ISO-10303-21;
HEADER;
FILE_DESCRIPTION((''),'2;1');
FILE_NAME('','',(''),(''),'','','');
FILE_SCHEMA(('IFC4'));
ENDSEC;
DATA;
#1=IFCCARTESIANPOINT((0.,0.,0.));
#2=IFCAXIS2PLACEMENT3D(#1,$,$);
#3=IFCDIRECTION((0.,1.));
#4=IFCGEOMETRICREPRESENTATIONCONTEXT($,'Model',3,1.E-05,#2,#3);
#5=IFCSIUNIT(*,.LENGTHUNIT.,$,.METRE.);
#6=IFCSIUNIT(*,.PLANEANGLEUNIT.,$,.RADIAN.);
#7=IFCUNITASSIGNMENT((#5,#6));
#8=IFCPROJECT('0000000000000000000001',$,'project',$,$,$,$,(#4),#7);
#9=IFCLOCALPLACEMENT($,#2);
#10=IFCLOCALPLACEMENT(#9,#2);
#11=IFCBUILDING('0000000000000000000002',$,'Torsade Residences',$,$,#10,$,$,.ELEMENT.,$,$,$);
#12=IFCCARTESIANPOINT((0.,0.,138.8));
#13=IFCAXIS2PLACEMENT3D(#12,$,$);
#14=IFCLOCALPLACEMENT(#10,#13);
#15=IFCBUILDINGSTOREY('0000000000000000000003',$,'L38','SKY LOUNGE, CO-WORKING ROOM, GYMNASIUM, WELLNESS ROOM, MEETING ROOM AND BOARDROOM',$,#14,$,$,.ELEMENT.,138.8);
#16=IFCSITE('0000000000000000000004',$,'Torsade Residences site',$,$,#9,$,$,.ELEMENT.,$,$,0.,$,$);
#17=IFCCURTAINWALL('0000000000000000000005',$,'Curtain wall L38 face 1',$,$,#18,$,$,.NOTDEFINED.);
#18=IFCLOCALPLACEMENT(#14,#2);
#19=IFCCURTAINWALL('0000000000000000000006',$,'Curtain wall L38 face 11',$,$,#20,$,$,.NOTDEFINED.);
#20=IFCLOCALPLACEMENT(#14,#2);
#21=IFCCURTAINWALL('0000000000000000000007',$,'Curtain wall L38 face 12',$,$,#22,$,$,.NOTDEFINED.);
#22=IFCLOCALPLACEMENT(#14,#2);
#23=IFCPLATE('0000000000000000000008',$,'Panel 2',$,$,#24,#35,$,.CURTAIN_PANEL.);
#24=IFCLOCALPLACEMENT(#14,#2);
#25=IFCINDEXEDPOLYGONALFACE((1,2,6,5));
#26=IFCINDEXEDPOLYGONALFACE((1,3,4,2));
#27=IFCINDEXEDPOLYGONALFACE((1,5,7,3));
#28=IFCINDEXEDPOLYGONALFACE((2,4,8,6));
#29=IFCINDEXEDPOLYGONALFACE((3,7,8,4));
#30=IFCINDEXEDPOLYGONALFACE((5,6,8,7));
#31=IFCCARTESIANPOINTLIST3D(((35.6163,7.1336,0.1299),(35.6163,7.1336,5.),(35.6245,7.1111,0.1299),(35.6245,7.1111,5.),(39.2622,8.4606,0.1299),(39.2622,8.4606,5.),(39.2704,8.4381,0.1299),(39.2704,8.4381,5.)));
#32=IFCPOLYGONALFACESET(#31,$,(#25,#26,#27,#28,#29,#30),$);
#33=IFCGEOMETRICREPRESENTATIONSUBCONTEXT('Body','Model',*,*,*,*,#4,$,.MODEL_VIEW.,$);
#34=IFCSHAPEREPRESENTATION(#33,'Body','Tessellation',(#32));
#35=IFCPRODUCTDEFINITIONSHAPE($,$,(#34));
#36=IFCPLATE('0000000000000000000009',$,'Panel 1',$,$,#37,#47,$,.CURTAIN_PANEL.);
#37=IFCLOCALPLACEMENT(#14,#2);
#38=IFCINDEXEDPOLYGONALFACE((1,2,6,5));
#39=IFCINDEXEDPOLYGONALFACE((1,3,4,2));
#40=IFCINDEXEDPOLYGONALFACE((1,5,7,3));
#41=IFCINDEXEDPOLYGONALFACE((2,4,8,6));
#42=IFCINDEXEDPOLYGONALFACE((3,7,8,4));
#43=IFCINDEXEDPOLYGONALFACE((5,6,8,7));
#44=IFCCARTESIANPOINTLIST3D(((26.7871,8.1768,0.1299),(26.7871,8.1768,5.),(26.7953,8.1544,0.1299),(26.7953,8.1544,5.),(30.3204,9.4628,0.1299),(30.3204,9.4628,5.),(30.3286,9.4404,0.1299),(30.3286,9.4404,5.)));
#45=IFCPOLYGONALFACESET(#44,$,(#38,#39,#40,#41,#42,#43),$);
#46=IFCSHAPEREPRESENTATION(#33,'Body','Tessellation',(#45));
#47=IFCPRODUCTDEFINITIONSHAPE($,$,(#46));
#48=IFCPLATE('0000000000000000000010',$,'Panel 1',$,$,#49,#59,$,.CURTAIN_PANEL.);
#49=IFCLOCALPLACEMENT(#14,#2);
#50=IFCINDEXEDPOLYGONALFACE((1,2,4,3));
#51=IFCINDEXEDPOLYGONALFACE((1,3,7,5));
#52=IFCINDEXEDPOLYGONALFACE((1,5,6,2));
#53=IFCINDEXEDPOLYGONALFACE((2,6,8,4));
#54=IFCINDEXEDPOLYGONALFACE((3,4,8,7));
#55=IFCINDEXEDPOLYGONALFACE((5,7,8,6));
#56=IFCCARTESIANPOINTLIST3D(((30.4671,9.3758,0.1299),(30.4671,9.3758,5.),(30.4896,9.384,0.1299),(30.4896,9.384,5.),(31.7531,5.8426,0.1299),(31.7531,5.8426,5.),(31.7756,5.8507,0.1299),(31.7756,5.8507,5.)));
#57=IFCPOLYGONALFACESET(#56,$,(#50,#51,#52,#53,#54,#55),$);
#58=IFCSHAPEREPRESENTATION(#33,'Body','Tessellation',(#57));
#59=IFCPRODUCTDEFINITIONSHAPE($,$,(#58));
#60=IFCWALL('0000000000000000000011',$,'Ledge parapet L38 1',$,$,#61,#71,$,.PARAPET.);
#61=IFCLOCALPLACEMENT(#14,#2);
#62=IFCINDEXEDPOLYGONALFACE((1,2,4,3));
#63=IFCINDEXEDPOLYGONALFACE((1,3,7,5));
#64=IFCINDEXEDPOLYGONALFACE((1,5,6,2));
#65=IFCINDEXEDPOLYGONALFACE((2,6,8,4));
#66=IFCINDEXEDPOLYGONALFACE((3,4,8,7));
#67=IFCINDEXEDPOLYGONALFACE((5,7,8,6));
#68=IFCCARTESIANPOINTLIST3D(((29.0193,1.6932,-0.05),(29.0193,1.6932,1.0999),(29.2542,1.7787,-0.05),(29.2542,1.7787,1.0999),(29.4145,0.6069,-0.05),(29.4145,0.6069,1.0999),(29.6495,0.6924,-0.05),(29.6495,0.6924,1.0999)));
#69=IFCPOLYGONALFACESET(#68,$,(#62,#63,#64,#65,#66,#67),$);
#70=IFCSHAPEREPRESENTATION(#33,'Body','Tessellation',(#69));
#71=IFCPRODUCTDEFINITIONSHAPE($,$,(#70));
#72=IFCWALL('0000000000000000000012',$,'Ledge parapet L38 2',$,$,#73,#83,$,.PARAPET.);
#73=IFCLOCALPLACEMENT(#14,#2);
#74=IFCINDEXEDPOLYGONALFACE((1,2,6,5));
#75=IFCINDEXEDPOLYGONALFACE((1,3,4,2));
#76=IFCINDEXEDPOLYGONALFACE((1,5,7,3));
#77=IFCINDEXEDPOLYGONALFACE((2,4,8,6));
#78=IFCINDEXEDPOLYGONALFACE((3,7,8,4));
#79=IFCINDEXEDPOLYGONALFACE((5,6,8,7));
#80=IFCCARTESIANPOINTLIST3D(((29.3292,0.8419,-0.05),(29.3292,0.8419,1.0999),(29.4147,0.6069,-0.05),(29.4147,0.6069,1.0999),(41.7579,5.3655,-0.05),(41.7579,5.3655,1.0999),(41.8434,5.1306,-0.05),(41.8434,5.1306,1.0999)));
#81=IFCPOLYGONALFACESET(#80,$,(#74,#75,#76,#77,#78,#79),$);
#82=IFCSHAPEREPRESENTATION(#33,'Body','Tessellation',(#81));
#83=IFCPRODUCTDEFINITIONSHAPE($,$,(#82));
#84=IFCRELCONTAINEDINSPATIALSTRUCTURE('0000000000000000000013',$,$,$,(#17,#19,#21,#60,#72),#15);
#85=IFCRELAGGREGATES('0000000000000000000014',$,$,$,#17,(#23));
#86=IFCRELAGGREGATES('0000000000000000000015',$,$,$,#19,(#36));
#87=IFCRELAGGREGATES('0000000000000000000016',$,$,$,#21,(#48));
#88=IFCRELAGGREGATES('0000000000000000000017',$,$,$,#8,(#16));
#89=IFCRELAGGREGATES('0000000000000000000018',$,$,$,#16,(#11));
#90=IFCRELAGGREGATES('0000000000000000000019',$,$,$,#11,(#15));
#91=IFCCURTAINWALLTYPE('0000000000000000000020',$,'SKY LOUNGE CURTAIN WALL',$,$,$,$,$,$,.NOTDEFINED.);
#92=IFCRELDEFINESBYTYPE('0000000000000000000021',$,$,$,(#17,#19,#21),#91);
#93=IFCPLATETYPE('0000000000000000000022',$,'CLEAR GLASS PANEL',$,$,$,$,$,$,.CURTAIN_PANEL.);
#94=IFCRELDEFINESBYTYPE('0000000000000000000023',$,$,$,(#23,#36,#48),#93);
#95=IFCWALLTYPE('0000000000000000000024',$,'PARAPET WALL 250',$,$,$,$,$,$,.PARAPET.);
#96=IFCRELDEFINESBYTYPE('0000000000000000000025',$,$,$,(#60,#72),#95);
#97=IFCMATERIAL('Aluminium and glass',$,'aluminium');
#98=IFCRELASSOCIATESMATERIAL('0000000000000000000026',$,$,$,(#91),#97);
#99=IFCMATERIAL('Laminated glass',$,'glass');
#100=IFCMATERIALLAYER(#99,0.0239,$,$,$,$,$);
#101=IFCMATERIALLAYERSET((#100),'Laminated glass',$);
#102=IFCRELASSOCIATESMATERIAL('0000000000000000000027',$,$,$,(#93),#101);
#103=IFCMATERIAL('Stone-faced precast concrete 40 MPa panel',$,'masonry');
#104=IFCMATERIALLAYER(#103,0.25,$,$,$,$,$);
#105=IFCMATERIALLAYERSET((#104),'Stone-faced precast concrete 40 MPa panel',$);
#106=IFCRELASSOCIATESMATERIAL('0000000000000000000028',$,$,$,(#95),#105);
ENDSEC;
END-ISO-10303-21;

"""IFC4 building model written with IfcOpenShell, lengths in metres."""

from ifc_helpers import new_model, si_unit, direction, frame, frame_2d, origin, origin_2d, place, context, subcontext, project, spatial, rectangle, extrude, material, layer, layer_set, type_object, element, aggregate, save


model = new_model("IFC4")

# Units and contexts
model_context = context("Model", 3, precision=1e-05, world=origin(), true_north=direction((0.0, 1.0)))
body_context = subcontext(model_context, "Body", "Model", "MODEL_VIEW")
ifc_project = project(units=[si_unit("LENGTHUNIT", "METRE"), si_unit("PLANEANGLEUNIT", "RADIAN")], contexts=[model_context])

# Site, building, storey
site_placement = place(None, origin())
site = spatial("IfcSite", under=ifc_project, at=site_placement, Name="Torsade Residences site", CompositionType="ELEMENT", RefElevation=0.0)
building_placement = place(site_placement, origin())
building = spatial("IfcBuilding", under=site, at=building_placement, Name="Torsade Residences", CompositionType="ELEMENT")
storey_placement = place(building_placement, frame((0.0, 0.0, 138.8)))
storey = spatial("IfcBuildingStorey", under=building, at=storey_placement, Name="L38", Description="SKY LOUNGE, CO-WORKING ROOM, GYMNASIUM, WELLNESS ROOM, MEETING ROOM AND BOARDROOM", CompositionType="ELEMENT", Elevation=138.8)

# Curtain wall
ifc_material_1 = material(Name="Aluminium and glass", Category="aluminium")
curtain_wall_type = type_object("IfcCurtainWallType", Name="SKY LOUNGE CURTAIN WALL", PredefinedType="NOTDEFINED", material=ifc_material_1)
curtain_wall_1_placement = place(storey_placement, origin())
curtain_wall_1 = element("IfcCurtainWall", 1, at=curtain_wall_1_placement, inside=storey, type_object=curtain_wall_type, Name="Curtain wall L38 face 1", PredefinedType="NOTDEFINED")

# Curtain walls
curtain_wall_2_placement = place(storey_placement, origin())
curtain_wall_2 = element("IfcCurtainWall", 2, at=curtain_wall_2_placement, inside=storey, type_object=curtain_wall_type, Name="Curtain wall L38 face 11", PredefinedType="NOTDEFINED")
curtain_wall_3_placement = place(storey_placement, origin())
curtain_wall_3 = element("IfcCurtainWall", 3, at=curtain_wall_3_placement, inside=storey, type_object=curtain_wall_type, Name="Curtain wall L38 face 12", PredefinedType="NOTDEFINED")

# Plates
ifc_material_2 = material(Name="Laminated glass", Category="glass")
ifc_layer_1 = layer(ifc_material_2, 0.0239)
ifc_layer_set_1 = layer_set([ifc_layer_1], Name="Laminated glass")
plate_type = type_object("IfcPlateType", Name="CLEAR GLASS PANEL", PredefinedType="CURTAIN_PANEL", material=ifc_layer_set_1)
plate_1_placement = place(storey_placement, frame((37.4434, 7.7859, 0.1299), z_axis=(0.0, 0.0, 1.0), x_axis=(0.939693, 0.34202, 0.0)))
plate_1 = element("IfcPlate", 4, at=plate_1_placement, type_object=plate_type, Name="Panel 2", PredefinedType="CURTAIN_PANEL", context=body_context, shape_type="SweptSolid", body=[
    extrude(rectangle(XDim=3.8799, YDim=0.0239, at=origin_2d()), origin(), (0.0, 0.0, 1.0), 4.8701),
])
aggregate(curtain_wall_1, [plate_1])
plate_2_placement = place(storey_placement, frame((28.5579, 8.8086, 0.1299), z_axis=(0.0, 0.0, 1.0), x_axis=(0.939693, 0.34202, 0.0)))
plate_2 = element("IfcPlate", 5, at=plate_2_placement, type_object=plate_type, Name="Panel 1", PredefinedType="CURTAIN_PANEL", context=body_context, shape_type="SweptSolid", body=[
    extrude(rectangle(XDim=3.76, YDim=0.0239, at=origin_2d()), origin(), (0.0, 0.0, 1.0), 4.8701),
])
aggregate(curtain_wall_2, [plate_2])
plate_3_placement = place(storey_placement, frame((31.1213, 7.6133, 0.1299), z_axis=(0.0, 0.0, 1.0), x_axis=(0.34202, -0.939693, 0.0)))
plate_3 = element("IfcPlate", 6, at=plate_3_placement, type_object=plate_type, Name="Panel 1", PredefinedType="CURTAIN_PANEL", context=body_context, shape_type="SweptSolid", body=[
    extrude(rectangle(XDim=3.76, YDim=0.0239, at=origin_2d()), origin(), (0.0, 0.0, 1.0), 4.8701),
])
aggregate(curtain_wall_3, [plate_3])

# Walls
ifc_material_3 = material(Name="Stone-faced precast concrete 40 MPa panel", Category="masonry")
ifc_layer_2 = layer(ifc_material_3, 0.25)
ifc_layer_set_2 = layer_set([ifc_layer_2], Name="Stone-faced precast concrete 40 MPa panel")
wall_type = type_object("IfcWallType", Name="PARAPET WALL 250", PredefinedType="PARAPET", material=ifc_layer_set_2)
wall_1_placement = place(storey_placement, frame((29.1367, 1.7361, -0.05), z_axis=(0.0, 0.0, 1.0), x_axis=(0.341896, -0.939738, 0.0)))
element("IfcWall", 7, at=wall_1_placement, inside=storey, type_object=wall_type, Name="Ledge parapet L38 1", PredefinedType="PARAPET", context=body_context, shape_type="SweptSolid", body=[
    extrude(rectangle(XDim=1.156, YDim=0.25, at=frame_2d((0.5781, 0.0))), origin(), (0.0, 0.0, 1.0), 1.1499),
])
wall_2_placement = place(storey_placement, frame((29.3718, 0.7244, -0.05), z_axis=(0.0, 0.0, 1.0), x_axis=(0.939693, 0.34202, 0.0)))
element("IfcWall", 8, at=wall_2_placement, inside=storey, type_object=wall_type, Name="Ledge parapet L38 2", PredefinedType="PARAPET", context=body_context, shape_type="SweptSolid", body=[
    extrude(rectangle(XDim=13.2263, YDim=0.25, at=frame_2d((6.6133, 0.0))), origin(), (0.0, 0.0, 1.0), 1.1499),
])

save(model, "model.ifc")
